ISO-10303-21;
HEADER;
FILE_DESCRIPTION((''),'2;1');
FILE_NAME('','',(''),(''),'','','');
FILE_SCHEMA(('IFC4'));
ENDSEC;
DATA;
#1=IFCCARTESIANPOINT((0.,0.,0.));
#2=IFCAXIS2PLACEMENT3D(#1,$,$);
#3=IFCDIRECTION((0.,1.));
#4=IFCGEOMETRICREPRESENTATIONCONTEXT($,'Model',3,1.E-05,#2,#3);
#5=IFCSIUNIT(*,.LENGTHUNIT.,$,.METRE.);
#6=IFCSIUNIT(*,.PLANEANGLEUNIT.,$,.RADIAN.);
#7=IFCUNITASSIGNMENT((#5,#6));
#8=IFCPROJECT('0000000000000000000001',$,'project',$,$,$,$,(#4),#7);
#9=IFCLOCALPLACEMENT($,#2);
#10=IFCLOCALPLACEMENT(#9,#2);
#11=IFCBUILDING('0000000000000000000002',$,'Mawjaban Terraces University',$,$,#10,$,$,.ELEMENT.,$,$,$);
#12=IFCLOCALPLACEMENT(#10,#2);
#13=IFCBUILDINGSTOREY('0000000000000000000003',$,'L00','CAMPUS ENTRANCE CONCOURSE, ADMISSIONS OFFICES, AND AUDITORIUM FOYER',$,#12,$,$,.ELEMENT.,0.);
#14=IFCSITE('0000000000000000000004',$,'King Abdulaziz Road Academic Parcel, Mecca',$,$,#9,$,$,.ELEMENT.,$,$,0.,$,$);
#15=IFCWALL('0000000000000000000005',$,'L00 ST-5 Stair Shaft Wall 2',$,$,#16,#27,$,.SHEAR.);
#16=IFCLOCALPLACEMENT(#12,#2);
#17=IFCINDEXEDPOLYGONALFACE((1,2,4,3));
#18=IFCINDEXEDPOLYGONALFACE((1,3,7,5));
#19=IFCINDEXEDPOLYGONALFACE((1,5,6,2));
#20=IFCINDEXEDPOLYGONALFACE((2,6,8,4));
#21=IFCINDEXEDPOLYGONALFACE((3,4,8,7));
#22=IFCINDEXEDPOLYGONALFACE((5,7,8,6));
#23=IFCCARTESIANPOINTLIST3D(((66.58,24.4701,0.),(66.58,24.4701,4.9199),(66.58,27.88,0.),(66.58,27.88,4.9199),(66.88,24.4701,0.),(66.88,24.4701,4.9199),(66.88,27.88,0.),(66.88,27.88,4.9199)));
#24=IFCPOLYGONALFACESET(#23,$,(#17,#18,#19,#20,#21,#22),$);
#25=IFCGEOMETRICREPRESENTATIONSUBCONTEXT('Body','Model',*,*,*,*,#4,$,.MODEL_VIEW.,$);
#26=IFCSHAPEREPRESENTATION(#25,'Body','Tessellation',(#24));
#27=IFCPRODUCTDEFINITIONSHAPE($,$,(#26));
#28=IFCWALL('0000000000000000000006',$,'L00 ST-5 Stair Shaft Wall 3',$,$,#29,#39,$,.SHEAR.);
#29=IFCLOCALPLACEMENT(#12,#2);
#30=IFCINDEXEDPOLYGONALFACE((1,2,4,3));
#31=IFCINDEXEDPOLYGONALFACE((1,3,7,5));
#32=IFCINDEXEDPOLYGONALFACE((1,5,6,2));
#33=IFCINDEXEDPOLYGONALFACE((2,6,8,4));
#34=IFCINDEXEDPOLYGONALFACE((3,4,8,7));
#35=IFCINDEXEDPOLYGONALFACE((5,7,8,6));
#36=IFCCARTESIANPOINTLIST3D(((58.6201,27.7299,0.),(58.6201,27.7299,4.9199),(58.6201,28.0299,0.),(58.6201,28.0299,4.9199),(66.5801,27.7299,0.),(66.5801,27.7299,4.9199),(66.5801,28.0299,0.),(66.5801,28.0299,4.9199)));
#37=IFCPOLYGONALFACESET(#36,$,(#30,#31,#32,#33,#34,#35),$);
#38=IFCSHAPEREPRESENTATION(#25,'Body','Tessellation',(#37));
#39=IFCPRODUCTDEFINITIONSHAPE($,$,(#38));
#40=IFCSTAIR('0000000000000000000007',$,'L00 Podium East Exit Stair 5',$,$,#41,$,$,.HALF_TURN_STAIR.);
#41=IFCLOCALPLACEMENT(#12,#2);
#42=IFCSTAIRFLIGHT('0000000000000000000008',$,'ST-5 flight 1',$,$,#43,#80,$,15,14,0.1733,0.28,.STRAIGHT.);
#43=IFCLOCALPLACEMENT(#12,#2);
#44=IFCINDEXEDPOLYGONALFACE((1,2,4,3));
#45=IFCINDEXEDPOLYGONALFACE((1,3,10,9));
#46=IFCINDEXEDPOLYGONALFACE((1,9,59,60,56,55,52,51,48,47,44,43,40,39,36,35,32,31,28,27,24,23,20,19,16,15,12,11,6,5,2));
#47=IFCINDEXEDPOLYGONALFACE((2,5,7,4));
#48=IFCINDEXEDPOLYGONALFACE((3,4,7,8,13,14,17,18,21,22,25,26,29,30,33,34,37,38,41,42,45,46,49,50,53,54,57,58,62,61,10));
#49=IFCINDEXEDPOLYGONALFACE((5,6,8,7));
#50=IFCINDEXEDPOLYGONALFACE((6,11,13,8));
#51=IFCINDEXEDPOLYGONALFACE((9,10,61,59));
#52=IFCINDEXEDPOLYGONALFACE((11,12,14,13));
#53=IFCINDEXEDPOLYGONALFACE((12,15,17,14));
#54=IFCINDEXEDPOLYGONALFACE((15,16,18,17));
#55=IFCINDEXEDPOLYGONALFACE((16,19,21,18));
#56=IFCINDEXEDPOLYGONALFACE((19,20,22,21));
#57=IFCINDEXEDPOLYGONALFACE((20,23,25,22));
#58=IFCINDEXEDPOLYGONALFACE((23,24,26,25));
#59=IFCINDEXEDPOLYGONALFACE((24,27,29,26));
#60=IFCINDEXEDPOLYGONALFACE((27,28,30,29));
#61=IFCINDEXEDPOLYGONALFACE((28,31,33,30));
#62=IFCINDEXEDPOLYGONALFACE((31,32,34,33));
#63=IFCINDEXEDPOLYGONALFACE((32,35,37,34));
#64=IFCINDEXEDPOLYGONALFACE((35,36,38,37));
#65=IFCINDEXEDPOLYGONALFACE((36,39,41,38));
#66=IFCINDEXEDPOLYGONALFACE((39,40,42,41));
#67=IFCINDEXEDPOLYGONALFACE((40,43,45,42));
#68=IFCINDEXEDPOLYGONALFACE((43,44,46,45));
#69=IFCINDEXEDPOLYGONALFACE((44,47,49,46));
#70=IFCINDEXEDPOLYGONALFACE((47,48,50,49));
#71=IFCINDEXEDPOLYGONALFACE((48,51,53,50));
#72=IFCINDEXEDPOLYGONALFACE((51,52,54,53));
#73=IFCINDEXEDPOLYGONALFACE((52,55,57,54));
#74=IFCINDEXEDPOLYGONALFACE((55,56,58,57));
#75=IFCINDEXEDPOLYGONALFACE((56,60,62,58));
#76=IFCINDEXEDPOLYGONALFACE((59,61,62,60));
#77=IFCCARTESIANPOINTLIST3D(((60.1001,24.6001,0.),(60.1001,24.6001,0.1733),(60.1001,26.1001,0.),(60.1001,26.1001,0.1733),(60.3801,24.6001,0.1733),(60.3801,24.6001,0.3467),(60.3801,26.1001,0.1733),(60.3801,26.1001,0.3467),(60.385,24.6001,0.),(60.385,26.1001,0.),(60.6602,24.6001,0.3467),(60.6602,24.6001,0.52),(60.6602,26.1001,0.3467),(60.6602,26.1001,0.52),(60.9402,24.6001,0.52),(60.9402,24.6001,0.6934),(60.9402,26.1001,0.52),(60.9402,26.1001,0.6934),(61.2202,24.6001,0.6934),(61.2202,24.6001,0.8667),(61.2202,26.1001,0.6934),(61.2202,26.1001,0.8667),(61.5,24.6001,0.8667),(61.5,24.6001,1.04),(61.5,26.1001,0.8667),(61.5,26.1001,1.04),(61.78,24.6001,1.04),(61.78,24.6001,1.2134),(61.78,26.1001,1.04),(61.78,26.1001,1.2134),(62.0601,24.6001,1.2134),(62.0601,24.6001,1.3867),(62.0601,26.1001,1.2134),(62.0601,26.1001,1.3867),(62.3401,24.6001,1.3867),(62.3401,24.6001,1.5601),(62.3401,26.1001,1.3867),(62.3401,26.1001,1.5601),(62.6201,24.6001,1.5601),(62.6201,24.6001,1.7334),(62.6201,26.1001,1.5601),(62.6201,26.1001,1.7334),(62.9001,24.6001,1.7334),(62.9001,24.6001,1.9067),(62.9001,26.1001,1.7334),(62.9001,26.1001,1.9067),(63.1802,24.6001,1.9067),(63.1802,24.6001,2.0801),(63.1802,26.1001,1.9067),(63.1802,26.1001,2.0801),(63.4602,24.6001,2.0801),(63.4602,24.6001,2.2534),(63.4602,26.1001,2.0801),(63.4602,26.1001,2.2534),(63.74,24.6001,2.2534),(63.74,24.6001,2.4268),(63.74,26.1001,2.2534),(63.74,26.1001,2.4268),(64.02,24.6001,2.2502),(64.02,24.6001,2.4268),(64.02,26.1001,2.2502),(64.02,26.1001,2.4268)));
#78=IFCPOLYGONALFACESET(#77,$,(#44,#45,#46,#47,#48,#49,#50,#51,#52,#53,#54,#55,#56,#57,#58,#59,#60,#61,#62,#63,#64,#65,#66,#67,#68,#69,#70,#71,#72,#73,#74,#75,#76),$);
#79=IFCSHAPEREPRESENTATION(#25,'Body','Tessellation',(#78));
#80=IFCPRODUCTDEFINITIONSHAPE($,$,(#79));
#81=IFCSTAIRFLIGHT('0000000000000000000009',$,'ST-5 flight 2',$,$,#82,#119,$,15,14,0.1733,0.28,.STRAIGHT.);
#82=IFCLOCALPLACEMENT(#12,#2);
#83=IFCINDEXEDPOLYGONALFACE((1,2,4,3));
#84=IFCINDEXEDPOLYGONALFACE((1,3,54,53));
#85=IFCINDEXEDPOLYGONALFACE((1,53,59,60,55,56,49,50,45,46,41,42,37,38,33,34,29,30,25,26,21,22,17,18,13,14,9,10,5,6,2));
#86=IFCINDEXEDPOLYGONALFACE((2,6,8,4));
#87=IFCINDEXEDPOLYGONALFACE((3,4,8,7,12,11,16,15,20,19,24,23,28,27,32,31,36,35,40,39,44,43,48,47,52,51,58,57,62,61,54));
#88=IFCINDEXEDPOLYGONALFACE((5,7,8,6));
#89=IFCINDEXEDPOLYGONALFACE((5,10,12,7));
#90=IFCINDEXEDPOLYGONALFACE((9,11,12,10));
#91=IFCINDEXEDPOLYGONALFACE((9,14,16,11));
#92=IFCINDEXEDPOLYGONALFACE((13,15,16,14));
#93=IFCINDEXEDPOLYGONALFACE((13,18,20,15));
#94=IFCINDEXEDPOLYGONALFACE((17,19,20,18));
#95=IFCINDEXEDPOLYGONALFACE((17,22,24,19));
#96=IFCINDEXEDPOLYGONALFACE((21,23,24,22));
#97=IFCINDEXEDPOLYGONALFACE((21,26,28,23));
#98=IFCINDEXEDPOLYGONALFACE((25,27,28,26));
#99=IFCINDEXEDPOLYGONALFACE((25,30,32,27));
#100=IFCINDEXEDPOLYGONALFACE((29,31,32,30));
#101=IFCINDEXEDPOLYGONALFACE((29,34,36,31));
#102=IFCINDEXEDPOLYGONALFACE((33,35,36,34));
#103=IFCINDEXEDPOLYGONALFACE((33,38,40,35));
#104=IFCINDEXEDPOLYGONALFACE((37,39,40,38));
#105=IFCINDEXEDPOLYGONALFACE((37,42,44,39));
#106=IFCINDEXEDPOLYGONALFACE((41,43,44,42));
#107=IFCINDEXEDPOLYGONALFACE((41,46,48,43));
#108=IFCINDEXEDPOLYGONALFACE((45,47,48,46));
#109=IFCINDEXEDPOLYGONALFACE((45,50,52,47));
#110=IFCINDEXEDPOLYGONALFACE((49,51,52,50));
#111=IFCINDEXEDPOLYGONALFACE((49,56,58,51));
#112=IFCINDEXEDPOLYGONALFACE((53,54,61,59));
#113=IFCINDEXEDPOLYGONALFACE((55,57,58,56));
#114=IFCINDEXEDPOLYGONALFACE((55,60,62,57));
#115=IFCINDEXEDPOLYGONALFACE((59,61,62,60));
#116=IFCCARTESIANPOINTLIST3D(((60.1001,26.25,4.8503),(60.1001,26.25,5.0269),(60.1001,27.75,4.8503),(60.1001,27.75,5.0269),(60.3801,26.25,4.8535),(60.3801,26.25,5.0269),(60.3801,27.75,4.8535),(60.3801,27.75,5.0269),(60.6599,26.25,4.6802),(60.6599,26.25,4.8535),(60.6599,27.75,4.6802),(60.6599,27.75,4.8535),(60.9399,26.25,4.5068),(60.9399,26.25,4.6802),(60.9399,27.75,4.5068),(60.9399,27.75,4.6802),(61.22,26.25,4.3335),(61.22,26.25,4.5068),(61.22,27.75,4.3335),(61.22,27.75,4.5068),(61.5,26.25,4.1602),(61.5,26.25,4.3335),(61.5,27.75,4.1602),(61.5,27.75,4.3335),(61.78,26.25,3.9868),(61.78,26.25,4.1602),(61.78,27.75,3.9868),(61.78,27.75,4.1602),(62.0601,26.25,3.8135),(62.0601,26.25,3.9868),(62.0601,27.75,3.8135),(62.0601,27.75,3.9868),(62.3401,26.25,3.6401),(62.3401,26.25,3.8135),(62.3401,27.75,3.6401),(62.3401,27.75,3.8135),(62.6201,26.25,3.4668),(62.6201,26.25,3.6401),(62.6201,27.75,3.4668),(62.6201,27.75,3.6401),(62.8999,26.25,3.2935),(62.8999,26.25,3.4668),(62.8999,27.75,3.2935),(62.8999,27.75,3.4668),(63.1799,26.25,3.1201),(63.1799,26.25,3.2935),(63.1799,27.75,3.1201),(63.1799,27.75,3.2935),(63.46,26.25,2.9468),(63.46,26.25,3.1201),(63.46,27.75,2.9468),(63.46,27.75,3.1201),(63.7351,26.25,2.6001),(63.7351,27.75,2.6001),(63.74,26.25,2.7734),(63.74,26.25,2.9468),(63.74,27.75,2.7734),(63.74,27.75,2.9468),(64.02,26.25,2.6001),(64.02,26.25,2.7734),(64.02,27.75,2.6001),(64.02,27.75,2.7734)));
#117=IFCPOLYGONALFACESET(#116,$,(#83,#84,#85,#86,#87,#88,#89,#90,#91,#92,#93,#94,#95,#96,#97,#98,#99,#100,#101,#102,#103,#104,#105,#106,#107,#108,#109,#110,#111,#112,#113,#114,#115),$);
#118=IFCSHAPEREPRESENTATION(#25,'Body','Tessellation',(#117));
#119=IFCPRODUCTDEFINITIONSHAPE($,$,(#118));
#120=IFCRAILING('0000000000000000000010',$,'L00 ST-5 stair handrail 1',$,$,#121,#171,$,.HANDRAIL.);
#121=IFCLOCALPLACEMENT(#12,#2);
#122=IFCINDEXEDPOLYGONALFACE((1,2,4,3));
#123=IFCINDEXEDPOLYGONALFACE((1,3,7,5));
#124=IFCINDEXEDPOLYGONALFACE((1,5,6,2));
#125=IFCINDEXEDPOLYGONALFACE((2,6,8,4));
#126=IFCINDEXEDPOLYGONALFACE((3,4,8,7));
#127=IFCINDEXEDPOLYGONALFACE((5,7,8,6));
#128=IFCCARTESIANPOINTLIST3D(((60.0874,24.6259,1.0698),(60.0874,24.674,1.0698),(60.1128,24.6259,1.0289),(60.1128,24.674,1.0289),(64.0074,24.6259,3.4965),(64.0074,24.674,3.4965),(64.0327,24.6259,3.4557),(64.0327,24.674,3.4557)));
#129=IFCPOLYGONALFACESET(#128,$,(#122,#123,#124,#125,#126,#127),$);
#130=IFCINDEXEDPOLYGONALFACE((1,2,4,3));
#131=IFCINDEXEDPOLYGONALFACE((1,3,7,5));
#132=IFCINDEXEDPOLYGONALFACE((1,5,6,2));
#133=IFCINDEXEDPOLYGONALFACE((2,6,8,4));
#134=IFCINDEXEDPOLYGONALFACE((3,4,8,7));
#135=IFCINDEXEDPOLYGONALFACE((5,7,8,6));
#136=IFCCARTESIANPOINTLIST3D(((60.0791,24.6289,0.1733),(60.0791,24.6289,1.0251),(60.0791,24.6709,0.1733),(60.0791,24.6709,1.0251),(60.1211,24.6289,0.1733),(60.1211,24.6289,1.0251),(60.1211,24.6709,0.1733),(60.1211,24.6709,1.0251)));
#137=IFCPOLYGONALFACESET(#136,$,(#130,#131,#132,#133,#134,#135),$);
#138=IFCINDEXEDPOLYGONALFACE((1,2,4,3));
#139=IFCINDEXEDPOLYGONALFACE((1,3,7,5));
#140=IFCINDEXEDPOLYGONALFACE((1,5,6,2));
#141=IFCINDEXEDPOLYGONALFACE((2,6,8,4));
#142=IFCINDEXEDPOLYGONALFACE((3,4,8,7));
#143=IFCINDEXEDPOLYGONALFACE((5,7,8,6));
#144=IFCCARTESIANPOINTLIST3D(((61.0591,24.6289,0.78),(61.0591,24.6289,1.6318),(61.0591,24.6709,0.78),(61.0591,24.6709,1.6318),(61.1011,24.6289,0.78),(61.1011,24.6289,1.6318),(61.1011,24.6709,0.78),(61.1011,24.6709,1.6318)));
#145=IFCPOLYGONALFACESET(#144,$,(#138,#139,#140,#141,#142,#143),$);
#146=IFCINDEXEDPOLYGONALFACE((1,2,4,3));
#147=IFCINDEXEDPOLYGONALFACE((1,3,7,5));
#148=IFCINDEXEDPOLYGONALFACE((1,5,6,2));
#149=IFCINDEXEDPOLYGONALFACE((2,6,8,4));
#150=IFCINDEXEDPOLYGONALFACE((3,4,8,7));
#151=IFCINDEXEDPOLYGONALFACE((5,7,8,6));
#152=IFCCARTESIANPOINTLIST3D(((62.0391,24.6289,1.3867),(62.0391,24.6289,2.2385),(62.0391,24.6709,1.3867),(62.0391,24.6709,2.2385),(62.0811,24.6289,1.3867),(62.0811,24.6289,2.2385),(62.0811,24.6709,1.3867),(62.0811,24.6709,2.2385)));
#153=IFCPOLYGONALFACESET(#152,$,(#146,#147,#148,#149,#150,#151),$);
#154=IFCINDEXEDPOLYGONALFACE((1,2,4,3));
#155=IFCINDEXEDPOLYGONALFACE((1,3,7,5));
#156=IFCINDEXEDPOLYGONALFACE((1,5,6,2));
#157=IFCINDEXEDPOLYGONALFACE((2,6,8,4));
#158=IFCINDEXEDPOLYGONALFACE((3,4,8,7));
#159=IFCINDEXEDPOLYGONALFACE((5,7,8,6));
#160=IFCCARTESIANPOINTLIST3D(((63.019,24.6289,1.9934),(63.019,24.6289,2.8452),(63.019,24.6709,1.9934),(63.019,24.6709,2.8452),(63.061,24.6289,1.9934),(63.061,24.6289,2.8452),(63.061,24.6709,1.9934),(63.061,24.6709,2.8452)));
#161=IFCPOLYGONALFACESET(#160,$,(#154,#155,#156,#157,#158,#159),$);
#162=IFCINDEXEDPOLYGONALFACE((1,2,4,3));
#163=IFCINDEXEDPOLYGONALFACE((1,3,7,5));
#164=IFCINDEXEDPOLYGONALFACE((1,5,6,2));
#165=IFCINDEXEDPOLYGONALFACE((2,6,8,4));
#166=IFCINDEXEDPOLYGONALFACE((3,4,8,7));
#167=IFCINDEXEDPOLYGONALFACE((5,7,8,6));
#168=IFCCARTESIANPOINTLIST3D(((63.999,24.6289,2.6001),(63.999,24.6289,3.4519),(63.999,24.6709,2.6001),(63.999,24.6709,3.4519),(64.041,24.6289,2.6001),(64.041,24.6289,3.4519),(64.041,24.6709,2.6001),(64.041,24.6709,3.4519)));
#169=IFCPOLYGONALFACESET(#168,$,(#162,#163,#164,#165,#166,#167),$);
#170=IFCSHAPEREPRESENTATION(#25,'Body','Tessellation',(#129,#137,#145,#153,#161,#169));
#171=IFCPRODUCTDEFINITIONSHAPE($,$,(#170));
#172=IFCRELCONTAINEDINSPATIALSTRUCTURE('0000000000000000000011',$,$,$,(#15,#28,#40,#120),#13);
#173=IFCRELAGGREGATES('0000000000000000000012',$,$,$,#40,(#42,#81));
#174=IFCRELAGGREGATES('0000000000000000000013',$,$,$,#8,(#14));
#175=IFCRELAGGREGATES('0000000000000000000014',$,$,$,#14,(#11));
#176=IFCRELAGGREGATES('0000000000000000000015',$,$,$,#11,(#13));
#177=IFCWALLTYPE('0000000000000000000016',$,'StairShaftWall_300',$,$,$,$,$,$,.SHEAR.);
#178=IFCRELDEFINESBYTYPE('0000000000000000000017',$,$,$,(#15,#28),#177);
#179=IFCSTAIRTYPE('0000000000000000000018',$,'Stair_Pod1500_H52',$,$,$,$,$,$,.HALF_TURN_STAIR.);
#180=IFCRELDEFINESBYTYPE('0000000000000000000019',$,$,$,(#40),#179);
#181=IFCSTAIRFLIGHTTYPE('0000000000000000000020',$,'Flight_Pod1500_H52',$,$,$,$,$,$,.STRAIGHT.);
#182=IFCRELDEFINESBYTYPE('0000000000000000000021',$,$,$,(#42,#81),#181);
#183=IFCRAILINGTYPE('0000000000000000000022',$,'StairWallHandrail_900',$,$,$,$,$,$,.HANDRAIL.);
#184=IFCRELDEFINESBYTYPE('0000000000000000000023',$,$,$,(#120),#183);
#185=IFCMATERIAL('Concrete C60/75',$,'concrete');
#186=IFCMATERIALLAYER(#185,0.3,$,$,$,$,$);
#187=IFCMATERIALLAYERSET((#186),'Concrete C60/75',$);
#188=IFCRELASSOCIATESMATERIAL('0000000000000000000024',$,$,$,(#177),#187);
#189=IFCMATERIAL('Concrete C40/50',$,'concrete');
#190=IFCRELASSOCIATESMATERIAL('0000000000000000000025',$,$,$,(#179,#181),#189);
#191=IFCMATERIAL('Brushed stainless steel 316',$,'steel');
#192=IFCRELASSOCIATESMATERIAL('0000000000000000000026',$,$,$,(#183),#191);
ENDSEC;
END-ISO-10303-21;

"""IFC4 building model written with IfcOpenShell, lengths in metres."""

from ifc_helpers import new_model, si_unit, direction, frame, frame_2d, origin, origin_2d, place, context, subcontext, project, spatial, polyline, rectangle, outline, extrude, material, layer, layer_set, type_object, element, aggregate, save


model = new_model("IFC4")

# Units and contexts
model_context = context("Model", 3, precision=1e-05, world=origin(), true_north=direction((0.0, 1.0)))
body_context = subcontext(model_context, "Body", "Model", "MODEL_VIEW")
ifc_project = project(units=[si_unit("LENGTHUNIT", "METRE"), si_unit("PLANEANGLEUNIT", "RADIAN")], contexts=[model_context])

# Site, building, storey
site_placement = place(None, origin())
site = spatial("IfcSite", under=ifc_project, at=site_placement, Name="King Abdulaziz Road Academic Parcel, Mecca", CompositionType="ELEMENT", RefElevation=0.0)
building_placement = place(site_placement, origin())
building = spatial("IfcBuilding", under=site, at=building_placement, Name="Mawjaban Terraces University", CompositionType="ELEMENT")
storey_placement = place(building_placement, origin())
storey = spatial("IfcBuildingStorey", under=building, at=storey_placement, Name="L00", Description="CAMPUS ENTRANCE CONCOURSE, ADMISSIONS OFFICES, AND AUDITORIUM FOYER", CompositionType="ELEMENT", Elevation=0.0)

# Walls
ifc_material_1 = material(Name="Concrete C40/50", Category="concrete")
ifc_material_2 = material(Name="Concrete C60/75", Category="concrete")
ifc_layer_1 = layer(ifc_material_2, 0.3)
ifc_layer_set_1 = layer_set([ifc_layer_1], Name="Concrete C60/75")
wall_type_1 = type_object("IfcWallType", Name="StairShaftWall_300", PredefinedType="SHEAR", material=ifc_layer_set_1)
wall_1_placement = place(storey_placement, frame((66.73, 24.47, 0.0), z_axis=(0.0, 0.0, 1.0), x_axis=(0.0, 1.0, 0.0)))
element("IfcWall", 1, at=wall_1_placement, inside=storey, type_object=wall_type_1, Name="L00 ST-5 Stair Shaft Wall 2", PredefinedType="SHEAR", context=body_context, shape_type="SweptSolid", body=[
    extrude(rectangle(XDim=3.4099, YDim=0.3, at=frame_2d((1.7051, 0.0))), origin(), (0.0, 0.0, 1.0), 4.9199),
])
wall_2_placement = place(storey_placement, frame((66.5801, 27.8799, 0.0), z_axis=(0.0, 0.0, 1.0), x_axis=(-1.0, 0.0, 0.0)))
element("IfcWall", 2, at=wall_2_placement, inside=storey, type_object=wall_type_1, Name="L00 ST-5 Stair Shaft Wall 3", PredefinedType="SHEAR", context=body_context, shape_type="SweptSolid", body=[
    extrude(rectangle(XDim=7.96, YDim=0.3, at=frame_2d((3.98, 0.0))), origin(), (0.0, 0.0, 1.0), 4.9199),
])

# Stair, stair flights
stair_type = type_object("IfcStairType", Name="Stair_Pod1500_H52", PredefinedType="HALF_TURN_STAIR", material=ifc_material_1)
stair_placement = place(storey_placement, origin())
stair = element("IfcStair", 3, at=stair_placement, inside=storey, type_object=stair_type, Name="L00 Podium East Exit Stair 5", PredefinedType="HALF_TURN_STAIR")
stair_flight_type = type_object("IfcStairFlightType", Name="Flight_Pod1500_H52", PredefinedType="STRAIGHT", material=ifc_material_1)
stair_flight_1_placement = place(storey_placement, frame((60.1001, 25.3501, 0.0), z_axis=(0.0, 0.0, 1.0), x_axis=(1.0, 0.0, 0.0)))
stair_flight_1 = element("IfcStairFlight", 4, at=stair_flight_1_placement, type_object=stair_flight_type, Name="ST-5 flight 1", NumberOfRisers=15, NumberOfTreads=14, PredefinedType="STRAIGHT", RiserHeight=0.1733, TreadLength=0.28, context=body_context, shape_type="SweptSolid", body=[
    extrude(outline(polyline([(0.0, 0.0), (0.0, 0.1733), (0.28, 0.1733), (0.28, 0.3467), (0.5601, 0.3467), (0.5601, 0.52), (0.8401, 0.52), (0.8401, 0.6934), (1.1201, 0.6934), (1.1201, 0.8667), (1.3999, 0.8667), (1.3999, 1.04), (1.6799, 1.04), (1.6799, 1.2134), (1.96, 1.2134), (1.96, 1.3867), (2.24, 1.3867), (2.24, 1.5601), (2.52, 1.5601), (2.52, 1.7334), (2.8, 1.7334), (2.8, 1.9067), (3.0801, 1.9067), (3.0801, 2.0801), (3.3601, 2.0801), (3.3601, 2.2534), (3.6399, 2.2534), (3.6399, 2.4268), (3.9199, 2.4268), (3.9199, 2.6001), (3.9199, 2.2502), (0.2849, 0.0), (0.0, 0.0)])), frame((0.0, 0.75, 0.0), z_axis=(0.0, -1.0, 0.0), x_axis=(1.0, 0.0, 0.0)), (0.0, 0.0, 1.0), 1.5),
])
stair_flight_2_placement = place(storey_placement, frame((64.02, 27.0, 2.6001), z_axis=(0.0, 0.0, 1.0), x_axis=(-1.0, 0.0, 0.0)))
stair_flight_2 = element("IfcStairFlight", 5, at=stair_flight_2_placement, type_object=stair_flight_type, Name="ST-5 flight 2", NumberOfRisers=15, NumberOfTreads=14, PredefinedType="STRAIGHT", RiserHeight=0.1733, TreadLength=0.28, context=body_context, shape_type="SweptSolid", body=[
    extrude(outline(polyline([(0.0, 0.0), (0.0, 0.1733), (0.28, 0.1733), (0.28, 0.3467), (0.5601, 0.3467), (0.5601, 0.52), (0.8401, 0.52), (0.8401, 0.6934), (1.1201, 0.6934), (1.1201, 0.8667), (1.3999, 0.8667), (1.3999, 1.04), (1.6799, 1.04), (1.6799, 1.2134), (1.96, 1.2134), (1.96, 1.3867), (2.24, 1.3867), (2.24, 1.5601), (2.52, 1.5601), (2.52, 1.7334), (2.8, 1.7334), (2.8, 1.9067), (3.0801, 1.9067), (3.0801, 2.0801), (3.3601, 2.0801), (3.3601, 2.2534), (3.6399, 2.2534), (3.6399, 2.4268), (3.9199, 2.4268), (3.9199, 2.6001), (3.9199, 2.2502), (0.2849, 0.0), (0.0, 0.0)])), frame((0.0, 0.75, 0.0), z_axis=(0.0, -1.0, 0.0), x_axis=(1.0, 0.0, 0.0)), (0.0, 0.0, 1.0), 1.5),
])
aggregate(stair, [stair_flight_1, stair_flight_2])

# Railing
ifc_material_3 = material(Name="Brushed stainless steel 316", Category="steel")
railing_type_1 = type_object("IfcRailingType", Name="StairWallHandrail_900", PredefinedType="HANDRAIL", material=ifc_material_3)
railing_1_placement = place(storey_placement, frame((60.1001, 24.6499, 0.1733)))
element("IfcRailing", 6, at=railing_1_placement, inside=storey, type_object=railing_type_1, Name="L00 ST-5 stair handrail 1", PredefinedType="HANDRAIL", context=body_context, shape_type="SweptSolid", body=[
    extrude(rectangle(XDim=0.0481, YDim=0.0481, at=origin_2d()), frame((0.0, 0.0, 0.876), z_axis=(0.850252, 0.0, 0.526376), x_axis=(0.0, 1.0, 0.0)), (0.0, 0.0, 1.0), 4.6104),
    extrude(rectangle(XDim=0.042, YDim=0.042, at=origin_2d()), origin(), (0.0, 0.0, 1.0), 0.8518),
    extrude(rectangle(XDim=0.042, YDim=0.042, at=origin_2d()), frame((0.98, 0.0, 0.6067)), (0.0, 0.0, 1.0), 0.8518),
    extrude(rectangle(XDim=0.042, YDim=0.042, at=origin_2d()), frame((1.96, 0.0, 1.2134)), (0.0, 0.0, 1.0), 0.8518),
    extrude(rectangle(XDim=0.042, YDim=0.042, at=origin_2d()), frame((2.9399, 0.0, 1.8201)), (0.0, 0.0, 1.0), 0.8518),
    extrude(rectangle(XDim=0.042, YDim=0.042, at=origin_2d()), frame((3.9199, 0.0, 2.4268)), (0.0, 0.0, 1.0), 0.8518),
])

save(model, "model.ifc")
